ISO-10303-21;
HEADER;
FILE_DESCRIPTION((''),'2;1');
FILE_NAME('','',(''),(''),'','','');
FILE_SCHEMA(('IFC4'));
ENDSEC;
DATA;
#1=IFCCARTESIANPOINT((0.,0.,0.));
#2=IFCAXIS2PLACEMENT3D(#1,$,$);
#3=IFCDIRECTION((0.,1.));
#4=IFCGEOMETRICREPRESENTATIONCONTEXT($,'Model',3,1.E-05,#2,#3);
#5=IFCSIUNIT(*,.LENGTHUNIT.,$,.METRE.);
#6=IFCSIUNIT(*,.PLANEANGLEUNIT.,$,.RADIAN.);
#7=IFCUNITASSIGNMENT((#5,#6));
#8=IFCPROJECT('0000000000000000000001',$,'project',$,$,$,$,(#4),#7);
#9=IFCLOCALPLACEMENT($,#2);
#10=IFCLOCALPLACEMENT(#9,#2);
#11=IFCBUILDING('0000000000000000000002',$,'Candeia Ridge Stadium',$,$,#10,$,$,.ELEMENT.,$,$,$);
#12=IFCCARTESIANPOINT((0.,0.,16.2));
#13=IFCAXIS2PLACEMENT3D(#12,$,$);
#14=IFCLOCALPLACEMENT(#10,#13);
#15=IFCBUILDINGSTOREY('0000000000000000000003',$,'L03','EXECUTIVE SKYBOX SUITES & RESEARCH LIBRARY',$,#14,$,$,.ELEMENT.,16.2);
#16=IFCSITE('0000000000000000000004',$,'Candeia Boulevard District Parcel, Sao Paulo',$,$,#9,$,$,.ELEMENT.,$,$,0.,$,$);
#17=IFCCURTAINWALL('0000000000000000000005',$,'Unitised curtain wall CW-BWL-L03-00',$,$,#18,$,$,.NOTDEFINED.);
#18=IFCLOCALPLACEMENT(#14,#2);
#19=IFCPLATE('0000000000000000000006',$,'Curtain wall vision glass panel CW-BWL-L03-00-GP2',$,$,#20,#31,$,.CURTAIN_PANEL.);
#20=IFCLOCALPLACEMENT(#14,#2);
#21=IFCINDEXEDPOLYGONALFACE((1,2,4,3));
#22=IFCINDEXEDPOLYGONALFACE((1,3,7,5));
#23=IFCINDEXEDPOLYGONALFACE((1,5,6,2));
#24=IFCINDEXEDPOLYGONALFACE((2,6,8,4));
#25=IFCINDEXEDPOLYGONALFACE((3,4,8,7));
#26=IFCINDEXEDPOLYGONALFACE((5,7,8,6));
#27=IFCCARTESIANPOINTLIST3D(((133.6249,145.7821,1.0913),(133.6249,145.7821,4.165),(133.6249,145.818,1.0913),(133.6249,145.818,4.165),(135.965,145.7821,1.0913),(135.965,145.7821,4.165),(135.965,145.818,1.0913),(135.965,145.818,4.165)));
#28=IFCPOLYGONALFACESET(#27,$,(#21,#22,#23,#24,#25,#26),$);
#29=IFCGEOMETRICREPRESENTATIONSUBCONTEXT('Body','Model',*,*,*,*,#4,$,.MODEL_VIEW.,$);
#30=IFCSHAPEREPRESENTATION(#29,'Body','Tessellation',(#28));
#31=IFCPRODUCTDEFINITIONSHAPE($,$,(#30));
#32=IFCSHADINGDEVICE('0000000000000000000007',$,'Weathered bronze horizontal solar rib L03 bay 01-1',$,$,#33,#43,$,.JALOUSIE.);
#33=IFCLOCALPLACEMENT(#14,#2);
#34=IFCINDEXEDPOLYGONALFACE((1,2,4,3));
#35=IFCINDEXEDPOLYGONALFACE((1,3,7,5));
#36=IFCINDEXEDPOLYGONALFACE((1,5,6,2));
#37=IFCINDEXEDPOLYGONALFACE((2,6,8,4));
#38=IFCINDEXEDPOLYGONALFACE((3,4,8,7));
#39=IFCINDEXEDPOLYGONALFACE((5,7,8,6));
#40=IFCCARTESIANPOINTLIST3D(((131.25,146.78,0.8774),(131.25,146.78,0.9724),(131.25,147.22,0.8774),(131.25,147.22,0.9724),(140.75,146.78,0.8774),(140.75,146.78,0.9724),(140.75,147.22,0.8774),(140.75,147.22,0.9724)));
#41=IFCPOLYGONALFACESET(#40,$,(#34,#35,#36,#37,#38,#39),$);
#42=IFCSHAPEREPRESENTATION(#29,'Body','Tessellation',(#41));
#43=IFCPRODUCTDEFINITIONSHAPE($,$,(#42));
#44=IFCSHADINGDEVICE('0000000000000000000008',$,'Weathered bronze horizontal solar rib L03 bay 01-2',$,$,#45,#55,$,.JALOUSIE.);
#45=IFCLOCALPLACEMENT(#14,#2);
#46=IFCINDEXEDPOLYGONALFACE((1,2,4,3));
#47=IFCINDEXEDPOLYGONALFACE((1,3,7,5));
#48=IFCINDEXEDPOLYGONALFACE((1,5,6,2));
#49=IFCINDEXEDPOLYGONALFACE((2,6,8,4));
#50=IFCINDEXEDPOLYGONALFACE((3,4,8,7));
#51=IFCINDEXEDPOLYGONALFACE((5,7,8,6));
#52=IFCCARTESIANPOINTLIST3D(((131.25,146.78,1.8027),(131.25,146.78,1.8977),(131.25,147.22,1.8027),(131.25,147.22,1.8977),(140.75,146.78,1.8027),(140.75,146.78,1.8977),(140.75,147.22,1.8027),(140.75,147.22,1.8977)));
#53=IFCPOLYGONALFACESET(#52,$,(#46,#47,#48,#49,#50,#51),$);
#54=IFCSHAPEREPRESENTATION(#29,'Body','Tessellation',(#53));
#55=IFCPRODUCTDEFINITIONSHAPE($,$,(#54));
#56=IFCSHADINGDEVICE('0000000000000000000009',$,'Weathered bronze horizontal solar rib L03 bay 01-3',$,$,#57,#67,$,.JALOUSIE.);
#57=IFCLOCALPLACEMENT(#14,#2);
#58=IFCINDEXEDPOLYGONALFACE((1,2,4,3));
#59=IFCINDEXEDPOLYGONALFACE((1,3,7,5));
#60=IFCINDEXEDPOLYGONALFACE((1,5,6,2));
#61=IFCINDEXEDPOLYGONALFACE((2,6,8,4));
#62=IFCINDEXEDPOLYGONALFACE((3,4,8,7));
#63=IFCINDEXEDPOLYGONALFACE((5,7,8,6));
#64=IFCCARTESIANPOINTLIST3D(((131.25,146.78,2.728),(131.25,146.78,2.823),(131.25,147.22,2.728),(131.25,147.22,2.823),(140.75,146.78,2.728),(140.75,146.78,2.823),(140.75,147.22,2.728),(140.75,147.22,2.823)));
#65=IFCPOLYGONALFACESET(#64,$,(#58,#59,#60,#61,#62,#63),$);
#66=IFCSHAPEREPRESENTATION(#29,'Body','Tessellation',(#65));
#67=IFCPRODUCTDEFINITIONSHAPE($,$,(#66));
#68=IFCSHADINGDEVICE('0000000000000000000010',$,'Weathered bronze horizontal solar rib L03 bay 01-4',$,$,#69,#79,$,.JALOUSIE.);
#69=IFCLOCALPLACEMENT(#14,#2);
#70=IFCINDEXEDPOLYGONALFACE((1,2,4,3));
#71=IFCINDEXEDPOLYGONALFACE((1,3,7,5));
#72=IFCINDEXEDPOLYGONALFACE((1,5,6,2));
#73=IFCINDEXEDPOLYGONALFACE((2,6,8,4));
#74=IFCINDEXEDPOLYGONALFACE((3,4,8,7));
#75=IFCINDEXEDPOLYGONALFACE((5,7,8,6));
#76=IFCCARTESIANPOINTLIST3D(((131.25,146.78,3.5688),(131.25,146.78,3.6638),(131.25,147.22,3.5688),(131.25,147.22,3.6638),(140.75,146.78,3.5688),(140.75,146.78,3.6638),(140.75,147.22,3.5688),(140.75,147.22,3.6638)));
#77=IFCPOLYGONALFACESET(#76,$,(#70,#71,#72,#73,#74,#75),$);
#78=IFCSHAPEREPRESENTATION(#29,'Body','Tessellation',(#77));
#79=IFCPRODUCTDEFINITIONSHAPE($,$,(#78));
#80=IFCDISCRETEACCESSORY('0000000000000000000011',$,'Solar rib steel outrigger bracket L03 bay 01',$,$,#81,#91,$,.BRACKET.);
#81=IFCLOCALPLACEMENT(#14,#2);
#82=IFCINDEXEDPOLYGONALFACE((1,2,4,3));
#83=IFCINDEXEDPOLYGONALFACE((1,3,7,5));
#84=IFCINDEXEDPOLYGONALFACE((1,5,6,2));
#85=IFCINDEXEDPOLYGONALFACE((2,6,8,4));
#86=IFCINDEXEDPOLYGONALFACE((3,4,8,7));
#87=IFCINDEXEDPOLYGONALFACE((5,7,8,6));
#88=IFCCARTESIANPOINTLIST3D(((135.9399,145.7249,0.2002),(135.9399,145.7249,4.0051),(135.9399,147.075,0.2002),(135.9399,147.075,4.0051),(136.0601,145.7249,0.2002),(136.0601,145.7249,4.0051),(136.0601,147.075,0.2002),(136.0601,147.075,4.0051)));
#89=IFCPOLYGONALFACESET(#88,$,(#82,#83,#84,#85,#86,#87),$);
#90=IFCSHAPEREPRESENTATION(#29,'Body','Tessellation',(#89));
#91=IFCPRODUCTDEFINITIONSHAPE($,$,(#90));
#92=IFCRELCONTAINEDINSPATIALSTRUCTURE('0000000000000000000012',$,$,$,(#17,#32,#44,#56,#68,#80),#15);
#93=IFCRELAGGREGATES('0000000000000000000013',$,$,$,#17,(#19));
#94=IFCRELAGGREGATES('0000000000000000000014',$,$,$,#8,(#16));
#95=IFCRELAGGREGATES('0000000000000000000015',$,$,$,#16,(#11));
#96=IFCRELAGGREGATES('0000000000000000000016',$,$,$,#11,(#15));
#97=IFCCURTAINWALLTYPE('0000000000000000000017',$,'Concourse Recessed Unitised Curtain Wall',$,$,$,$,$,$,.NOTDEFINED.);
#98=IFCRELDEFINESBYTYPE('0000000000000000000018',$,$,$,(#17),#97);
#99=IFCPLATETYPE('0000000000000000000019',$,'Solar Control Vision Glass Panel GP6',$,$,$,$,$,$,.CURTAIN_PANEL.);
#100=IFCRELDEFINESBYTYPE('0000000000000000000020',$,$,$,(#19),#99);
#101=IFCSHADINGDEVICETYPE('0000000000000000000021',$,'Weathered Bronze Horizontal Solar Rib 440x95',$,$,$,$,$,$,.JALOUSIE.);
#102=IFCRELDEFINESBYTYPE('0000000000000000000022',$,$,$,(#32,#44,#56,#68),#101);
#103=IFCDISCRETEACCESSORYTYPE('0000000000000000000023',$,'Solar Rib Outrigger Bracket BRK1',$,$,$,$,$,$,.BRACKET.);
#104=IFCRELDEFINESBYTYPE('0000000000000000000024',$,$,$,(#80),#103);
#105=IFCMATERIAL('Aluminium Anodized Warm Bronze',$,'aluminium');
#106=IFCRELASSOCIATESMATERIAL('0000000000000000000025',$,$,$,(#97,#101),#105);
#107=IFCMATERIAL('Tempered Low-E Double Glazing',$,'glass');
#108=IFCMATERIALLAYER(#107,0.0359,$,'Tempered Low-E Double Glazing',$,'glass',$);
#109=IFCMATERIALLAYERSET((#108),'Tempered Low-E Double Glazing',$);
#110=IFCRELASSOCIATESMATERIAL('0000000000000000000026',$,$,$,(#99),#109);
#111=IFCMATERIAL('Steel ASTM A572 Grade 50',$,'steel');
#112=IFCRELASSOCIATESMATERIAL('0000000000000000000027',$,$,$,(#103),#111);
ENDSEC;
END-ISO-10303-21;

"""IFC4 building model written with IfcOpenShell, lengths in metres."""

from ifc_helpers import new_model, si_unit, direction, frame, origin, origin_2d, place, context, subcontext, project, spatial, rectangle, extrude, material, layer, layer_set, type_object, element, aggregate, save


model = new_model("IFC4")

# Units and contexts
model_context = context("Model", 3, precision=1e-05, world=origin(), true_north=direction((0.0, 1.0)))
body_context = subcontext(model_context, "Body", "Model", "MODEL_VIEW")
ifc_project = project(units=[si_unit("LENGTHUNIT", "METRE"), si_unit("PLANEANGLEUNIT", "RADIAN")], contexts=[model_context])

# Site, building, storey
site_placement = place(None, origin())
site = spatial("IfcSite", under=ifc_project, at=site_placement, Name="Candeia Boulevard District Parcel, Sao Paulo", CompositionType="ELEMENT", RefElevation=0.0)
building_placement = place(site_placement, origin())
building = spatial("IfcBuilding", under=site, at=building_placement, Name="Candeia Ridge Stadium", CompositionType="ELEMENT")
storey_placement = place(building_placement, frame((0.0, 0.0, 16.2)))
storey = spatial("IfcBuildingStorey", under=building, at=storey_placement, Name="L03", Description="EXECUTIVE SKYBOX SUITES & RESEARCH LIBRARY", CompositionType="ELEMENT", Elevation=16.2)

# Curtain wall
ifc_material_1 = material(Name="Aluminium Anodized Warm Bronze", Category="aluminium")
curtain_wall_type = type_object("IfcCurtainWallType", Name="Concourse Recessed Unitised Curtain Wall", PredefinedType="NOTDEFINED", material=ifc_material_1)
curtain_wall_1_placement = place(storey_placement, origin())
curtain_wall_1 = element("IfcCurtainWall", 1, at=curtain_wall_1_placement, inside=storey, type_object=curtain_wall_type, Name="Unitised curtain wall CW-BWL-L03-00", PredefinedType="NOTDEFINED")

# Plate
ifc_material_2 = material(Name="Tempered Low-E Double Glazing", Category="glass")
ifc_layer_1 = layer(ifc_material_2, 0.0359, Name="Tempered Low-E Double Glazing", Category="glass")
ifc_layer_set_1 = layer_set([ifc_layer_1], Name="Tempered Low-E Double Glazing")
plate_type_1 = type_object("IfcPlateType", Name="Solar Control Vision Glass Panel GP6", PredefinedType="CURTAIN_PANEL", material=ifc_layer_set_1)
plate_1_placement = place(storey_placement, frame((134.7949, 145.8, 1.0913), z_axis=(0.0, 0.0, 1.0), x_axis=(-1.0, 0.0, 0.0)))
plate_1 = element("IfcPlate", 2, at=plate_1_placement, type_object=plate_type_1, Name="Curtain wall vision glass panel CW-BWL-L03-00-GP2", PredefinedType="CURTAIN_PANEL", context=body_context, shape_type="SweptSolid", body=[
    extrude(rectangle(XDim=2.3401, YDim=0.0359, at=origin_2d()), origin(), (0.0, 0.0, 1.0), 3.0737),
])
aggregate(curtain_wall_1, [plate_1])

# Shading devices
shading_device_type = type_object("IfcShadingDeviceType", Name="Weathered Bronze Horizontal Solar Rib 440x95", PredefinedType="JALOUSIE", material=ifc_material_1)
for number, where, z_axis, x_axis, name in (
    (3, (136.0, 147.0, 0.8774), (0.0, 0.0, 1.0), (-1.0, 0.0, 0.0), "Weathered bronze horizontal solar rib L03 bay 01-1"),
    (4, (136.0, 147.0, 1.8027), (0.0, 0.0, 1.0), (-1.0, 0.0, 0.0), "Weathered bronze horizontal solar rib L03 bay 01-2"),
    (5, (136.0, 147.0, 2.728), (0.0, 0.0, 1.0), (-1.0, 0.0, 0.0), "Weathered bronze horizontal solar rib L03 bay 01-3"),
    (6, (136.0, 147.0, 3.5688), (0.0, 0.0, 1.0), (-1.0, 0.0, 0.0), "Weathered bronze horizontal solar rib L03 bay 01-4"),
):
    element("IfcShadingDevice", number, at=place(storey_placement, frame(where, z_axis=z_axis, x_axis=x_axis)), inside=storey, type_object=shading_device_type, Name=name, PredefinedType="JALOUSIE", context=body_context, shape_type="SweptSolid", body=[
        extrude(rectangle(XDim=9.5, YDim=0.4399, at=origin_2d()), origin(), (0.0, 0.0, 1.0), 0.095),
    ])

# Discrete accessory
ifc_material_3 = material(Name="Steel ASTM A572 Grade 50", Category="steel")
discrete_accessory_type = type_object("IfcDiscreteAccessoryType", Name="Solar Rib Outrigger Bracket BRK1", PredefinedType="BRACKET", material=ifc_material_3)
discrete_accessory_placement = place(storey_placement, frame((136.0, 146.3999, 0.2002), z_axis=(0.0, 0.0, 1.0), x_axis=(0.0, 1.0, 0.0)))
element("IfcDiscreteAccessory", 7, at=discrete_accessory_placement, inside=storey, type_object=discrete_accessory_type, Name="Solar rib steel outrigger bracket L03 bay 01", PredefinedType="BRACKET", context=body_context, shape_type="SweptSolid", body=[
    extrude(rectangle(XDim=1.3501, YDim=0.1201, at=origin_2d()), origin(), (0.0, 0.0, 1.0), 3.8049),
])

save(model, "model.ifc")
